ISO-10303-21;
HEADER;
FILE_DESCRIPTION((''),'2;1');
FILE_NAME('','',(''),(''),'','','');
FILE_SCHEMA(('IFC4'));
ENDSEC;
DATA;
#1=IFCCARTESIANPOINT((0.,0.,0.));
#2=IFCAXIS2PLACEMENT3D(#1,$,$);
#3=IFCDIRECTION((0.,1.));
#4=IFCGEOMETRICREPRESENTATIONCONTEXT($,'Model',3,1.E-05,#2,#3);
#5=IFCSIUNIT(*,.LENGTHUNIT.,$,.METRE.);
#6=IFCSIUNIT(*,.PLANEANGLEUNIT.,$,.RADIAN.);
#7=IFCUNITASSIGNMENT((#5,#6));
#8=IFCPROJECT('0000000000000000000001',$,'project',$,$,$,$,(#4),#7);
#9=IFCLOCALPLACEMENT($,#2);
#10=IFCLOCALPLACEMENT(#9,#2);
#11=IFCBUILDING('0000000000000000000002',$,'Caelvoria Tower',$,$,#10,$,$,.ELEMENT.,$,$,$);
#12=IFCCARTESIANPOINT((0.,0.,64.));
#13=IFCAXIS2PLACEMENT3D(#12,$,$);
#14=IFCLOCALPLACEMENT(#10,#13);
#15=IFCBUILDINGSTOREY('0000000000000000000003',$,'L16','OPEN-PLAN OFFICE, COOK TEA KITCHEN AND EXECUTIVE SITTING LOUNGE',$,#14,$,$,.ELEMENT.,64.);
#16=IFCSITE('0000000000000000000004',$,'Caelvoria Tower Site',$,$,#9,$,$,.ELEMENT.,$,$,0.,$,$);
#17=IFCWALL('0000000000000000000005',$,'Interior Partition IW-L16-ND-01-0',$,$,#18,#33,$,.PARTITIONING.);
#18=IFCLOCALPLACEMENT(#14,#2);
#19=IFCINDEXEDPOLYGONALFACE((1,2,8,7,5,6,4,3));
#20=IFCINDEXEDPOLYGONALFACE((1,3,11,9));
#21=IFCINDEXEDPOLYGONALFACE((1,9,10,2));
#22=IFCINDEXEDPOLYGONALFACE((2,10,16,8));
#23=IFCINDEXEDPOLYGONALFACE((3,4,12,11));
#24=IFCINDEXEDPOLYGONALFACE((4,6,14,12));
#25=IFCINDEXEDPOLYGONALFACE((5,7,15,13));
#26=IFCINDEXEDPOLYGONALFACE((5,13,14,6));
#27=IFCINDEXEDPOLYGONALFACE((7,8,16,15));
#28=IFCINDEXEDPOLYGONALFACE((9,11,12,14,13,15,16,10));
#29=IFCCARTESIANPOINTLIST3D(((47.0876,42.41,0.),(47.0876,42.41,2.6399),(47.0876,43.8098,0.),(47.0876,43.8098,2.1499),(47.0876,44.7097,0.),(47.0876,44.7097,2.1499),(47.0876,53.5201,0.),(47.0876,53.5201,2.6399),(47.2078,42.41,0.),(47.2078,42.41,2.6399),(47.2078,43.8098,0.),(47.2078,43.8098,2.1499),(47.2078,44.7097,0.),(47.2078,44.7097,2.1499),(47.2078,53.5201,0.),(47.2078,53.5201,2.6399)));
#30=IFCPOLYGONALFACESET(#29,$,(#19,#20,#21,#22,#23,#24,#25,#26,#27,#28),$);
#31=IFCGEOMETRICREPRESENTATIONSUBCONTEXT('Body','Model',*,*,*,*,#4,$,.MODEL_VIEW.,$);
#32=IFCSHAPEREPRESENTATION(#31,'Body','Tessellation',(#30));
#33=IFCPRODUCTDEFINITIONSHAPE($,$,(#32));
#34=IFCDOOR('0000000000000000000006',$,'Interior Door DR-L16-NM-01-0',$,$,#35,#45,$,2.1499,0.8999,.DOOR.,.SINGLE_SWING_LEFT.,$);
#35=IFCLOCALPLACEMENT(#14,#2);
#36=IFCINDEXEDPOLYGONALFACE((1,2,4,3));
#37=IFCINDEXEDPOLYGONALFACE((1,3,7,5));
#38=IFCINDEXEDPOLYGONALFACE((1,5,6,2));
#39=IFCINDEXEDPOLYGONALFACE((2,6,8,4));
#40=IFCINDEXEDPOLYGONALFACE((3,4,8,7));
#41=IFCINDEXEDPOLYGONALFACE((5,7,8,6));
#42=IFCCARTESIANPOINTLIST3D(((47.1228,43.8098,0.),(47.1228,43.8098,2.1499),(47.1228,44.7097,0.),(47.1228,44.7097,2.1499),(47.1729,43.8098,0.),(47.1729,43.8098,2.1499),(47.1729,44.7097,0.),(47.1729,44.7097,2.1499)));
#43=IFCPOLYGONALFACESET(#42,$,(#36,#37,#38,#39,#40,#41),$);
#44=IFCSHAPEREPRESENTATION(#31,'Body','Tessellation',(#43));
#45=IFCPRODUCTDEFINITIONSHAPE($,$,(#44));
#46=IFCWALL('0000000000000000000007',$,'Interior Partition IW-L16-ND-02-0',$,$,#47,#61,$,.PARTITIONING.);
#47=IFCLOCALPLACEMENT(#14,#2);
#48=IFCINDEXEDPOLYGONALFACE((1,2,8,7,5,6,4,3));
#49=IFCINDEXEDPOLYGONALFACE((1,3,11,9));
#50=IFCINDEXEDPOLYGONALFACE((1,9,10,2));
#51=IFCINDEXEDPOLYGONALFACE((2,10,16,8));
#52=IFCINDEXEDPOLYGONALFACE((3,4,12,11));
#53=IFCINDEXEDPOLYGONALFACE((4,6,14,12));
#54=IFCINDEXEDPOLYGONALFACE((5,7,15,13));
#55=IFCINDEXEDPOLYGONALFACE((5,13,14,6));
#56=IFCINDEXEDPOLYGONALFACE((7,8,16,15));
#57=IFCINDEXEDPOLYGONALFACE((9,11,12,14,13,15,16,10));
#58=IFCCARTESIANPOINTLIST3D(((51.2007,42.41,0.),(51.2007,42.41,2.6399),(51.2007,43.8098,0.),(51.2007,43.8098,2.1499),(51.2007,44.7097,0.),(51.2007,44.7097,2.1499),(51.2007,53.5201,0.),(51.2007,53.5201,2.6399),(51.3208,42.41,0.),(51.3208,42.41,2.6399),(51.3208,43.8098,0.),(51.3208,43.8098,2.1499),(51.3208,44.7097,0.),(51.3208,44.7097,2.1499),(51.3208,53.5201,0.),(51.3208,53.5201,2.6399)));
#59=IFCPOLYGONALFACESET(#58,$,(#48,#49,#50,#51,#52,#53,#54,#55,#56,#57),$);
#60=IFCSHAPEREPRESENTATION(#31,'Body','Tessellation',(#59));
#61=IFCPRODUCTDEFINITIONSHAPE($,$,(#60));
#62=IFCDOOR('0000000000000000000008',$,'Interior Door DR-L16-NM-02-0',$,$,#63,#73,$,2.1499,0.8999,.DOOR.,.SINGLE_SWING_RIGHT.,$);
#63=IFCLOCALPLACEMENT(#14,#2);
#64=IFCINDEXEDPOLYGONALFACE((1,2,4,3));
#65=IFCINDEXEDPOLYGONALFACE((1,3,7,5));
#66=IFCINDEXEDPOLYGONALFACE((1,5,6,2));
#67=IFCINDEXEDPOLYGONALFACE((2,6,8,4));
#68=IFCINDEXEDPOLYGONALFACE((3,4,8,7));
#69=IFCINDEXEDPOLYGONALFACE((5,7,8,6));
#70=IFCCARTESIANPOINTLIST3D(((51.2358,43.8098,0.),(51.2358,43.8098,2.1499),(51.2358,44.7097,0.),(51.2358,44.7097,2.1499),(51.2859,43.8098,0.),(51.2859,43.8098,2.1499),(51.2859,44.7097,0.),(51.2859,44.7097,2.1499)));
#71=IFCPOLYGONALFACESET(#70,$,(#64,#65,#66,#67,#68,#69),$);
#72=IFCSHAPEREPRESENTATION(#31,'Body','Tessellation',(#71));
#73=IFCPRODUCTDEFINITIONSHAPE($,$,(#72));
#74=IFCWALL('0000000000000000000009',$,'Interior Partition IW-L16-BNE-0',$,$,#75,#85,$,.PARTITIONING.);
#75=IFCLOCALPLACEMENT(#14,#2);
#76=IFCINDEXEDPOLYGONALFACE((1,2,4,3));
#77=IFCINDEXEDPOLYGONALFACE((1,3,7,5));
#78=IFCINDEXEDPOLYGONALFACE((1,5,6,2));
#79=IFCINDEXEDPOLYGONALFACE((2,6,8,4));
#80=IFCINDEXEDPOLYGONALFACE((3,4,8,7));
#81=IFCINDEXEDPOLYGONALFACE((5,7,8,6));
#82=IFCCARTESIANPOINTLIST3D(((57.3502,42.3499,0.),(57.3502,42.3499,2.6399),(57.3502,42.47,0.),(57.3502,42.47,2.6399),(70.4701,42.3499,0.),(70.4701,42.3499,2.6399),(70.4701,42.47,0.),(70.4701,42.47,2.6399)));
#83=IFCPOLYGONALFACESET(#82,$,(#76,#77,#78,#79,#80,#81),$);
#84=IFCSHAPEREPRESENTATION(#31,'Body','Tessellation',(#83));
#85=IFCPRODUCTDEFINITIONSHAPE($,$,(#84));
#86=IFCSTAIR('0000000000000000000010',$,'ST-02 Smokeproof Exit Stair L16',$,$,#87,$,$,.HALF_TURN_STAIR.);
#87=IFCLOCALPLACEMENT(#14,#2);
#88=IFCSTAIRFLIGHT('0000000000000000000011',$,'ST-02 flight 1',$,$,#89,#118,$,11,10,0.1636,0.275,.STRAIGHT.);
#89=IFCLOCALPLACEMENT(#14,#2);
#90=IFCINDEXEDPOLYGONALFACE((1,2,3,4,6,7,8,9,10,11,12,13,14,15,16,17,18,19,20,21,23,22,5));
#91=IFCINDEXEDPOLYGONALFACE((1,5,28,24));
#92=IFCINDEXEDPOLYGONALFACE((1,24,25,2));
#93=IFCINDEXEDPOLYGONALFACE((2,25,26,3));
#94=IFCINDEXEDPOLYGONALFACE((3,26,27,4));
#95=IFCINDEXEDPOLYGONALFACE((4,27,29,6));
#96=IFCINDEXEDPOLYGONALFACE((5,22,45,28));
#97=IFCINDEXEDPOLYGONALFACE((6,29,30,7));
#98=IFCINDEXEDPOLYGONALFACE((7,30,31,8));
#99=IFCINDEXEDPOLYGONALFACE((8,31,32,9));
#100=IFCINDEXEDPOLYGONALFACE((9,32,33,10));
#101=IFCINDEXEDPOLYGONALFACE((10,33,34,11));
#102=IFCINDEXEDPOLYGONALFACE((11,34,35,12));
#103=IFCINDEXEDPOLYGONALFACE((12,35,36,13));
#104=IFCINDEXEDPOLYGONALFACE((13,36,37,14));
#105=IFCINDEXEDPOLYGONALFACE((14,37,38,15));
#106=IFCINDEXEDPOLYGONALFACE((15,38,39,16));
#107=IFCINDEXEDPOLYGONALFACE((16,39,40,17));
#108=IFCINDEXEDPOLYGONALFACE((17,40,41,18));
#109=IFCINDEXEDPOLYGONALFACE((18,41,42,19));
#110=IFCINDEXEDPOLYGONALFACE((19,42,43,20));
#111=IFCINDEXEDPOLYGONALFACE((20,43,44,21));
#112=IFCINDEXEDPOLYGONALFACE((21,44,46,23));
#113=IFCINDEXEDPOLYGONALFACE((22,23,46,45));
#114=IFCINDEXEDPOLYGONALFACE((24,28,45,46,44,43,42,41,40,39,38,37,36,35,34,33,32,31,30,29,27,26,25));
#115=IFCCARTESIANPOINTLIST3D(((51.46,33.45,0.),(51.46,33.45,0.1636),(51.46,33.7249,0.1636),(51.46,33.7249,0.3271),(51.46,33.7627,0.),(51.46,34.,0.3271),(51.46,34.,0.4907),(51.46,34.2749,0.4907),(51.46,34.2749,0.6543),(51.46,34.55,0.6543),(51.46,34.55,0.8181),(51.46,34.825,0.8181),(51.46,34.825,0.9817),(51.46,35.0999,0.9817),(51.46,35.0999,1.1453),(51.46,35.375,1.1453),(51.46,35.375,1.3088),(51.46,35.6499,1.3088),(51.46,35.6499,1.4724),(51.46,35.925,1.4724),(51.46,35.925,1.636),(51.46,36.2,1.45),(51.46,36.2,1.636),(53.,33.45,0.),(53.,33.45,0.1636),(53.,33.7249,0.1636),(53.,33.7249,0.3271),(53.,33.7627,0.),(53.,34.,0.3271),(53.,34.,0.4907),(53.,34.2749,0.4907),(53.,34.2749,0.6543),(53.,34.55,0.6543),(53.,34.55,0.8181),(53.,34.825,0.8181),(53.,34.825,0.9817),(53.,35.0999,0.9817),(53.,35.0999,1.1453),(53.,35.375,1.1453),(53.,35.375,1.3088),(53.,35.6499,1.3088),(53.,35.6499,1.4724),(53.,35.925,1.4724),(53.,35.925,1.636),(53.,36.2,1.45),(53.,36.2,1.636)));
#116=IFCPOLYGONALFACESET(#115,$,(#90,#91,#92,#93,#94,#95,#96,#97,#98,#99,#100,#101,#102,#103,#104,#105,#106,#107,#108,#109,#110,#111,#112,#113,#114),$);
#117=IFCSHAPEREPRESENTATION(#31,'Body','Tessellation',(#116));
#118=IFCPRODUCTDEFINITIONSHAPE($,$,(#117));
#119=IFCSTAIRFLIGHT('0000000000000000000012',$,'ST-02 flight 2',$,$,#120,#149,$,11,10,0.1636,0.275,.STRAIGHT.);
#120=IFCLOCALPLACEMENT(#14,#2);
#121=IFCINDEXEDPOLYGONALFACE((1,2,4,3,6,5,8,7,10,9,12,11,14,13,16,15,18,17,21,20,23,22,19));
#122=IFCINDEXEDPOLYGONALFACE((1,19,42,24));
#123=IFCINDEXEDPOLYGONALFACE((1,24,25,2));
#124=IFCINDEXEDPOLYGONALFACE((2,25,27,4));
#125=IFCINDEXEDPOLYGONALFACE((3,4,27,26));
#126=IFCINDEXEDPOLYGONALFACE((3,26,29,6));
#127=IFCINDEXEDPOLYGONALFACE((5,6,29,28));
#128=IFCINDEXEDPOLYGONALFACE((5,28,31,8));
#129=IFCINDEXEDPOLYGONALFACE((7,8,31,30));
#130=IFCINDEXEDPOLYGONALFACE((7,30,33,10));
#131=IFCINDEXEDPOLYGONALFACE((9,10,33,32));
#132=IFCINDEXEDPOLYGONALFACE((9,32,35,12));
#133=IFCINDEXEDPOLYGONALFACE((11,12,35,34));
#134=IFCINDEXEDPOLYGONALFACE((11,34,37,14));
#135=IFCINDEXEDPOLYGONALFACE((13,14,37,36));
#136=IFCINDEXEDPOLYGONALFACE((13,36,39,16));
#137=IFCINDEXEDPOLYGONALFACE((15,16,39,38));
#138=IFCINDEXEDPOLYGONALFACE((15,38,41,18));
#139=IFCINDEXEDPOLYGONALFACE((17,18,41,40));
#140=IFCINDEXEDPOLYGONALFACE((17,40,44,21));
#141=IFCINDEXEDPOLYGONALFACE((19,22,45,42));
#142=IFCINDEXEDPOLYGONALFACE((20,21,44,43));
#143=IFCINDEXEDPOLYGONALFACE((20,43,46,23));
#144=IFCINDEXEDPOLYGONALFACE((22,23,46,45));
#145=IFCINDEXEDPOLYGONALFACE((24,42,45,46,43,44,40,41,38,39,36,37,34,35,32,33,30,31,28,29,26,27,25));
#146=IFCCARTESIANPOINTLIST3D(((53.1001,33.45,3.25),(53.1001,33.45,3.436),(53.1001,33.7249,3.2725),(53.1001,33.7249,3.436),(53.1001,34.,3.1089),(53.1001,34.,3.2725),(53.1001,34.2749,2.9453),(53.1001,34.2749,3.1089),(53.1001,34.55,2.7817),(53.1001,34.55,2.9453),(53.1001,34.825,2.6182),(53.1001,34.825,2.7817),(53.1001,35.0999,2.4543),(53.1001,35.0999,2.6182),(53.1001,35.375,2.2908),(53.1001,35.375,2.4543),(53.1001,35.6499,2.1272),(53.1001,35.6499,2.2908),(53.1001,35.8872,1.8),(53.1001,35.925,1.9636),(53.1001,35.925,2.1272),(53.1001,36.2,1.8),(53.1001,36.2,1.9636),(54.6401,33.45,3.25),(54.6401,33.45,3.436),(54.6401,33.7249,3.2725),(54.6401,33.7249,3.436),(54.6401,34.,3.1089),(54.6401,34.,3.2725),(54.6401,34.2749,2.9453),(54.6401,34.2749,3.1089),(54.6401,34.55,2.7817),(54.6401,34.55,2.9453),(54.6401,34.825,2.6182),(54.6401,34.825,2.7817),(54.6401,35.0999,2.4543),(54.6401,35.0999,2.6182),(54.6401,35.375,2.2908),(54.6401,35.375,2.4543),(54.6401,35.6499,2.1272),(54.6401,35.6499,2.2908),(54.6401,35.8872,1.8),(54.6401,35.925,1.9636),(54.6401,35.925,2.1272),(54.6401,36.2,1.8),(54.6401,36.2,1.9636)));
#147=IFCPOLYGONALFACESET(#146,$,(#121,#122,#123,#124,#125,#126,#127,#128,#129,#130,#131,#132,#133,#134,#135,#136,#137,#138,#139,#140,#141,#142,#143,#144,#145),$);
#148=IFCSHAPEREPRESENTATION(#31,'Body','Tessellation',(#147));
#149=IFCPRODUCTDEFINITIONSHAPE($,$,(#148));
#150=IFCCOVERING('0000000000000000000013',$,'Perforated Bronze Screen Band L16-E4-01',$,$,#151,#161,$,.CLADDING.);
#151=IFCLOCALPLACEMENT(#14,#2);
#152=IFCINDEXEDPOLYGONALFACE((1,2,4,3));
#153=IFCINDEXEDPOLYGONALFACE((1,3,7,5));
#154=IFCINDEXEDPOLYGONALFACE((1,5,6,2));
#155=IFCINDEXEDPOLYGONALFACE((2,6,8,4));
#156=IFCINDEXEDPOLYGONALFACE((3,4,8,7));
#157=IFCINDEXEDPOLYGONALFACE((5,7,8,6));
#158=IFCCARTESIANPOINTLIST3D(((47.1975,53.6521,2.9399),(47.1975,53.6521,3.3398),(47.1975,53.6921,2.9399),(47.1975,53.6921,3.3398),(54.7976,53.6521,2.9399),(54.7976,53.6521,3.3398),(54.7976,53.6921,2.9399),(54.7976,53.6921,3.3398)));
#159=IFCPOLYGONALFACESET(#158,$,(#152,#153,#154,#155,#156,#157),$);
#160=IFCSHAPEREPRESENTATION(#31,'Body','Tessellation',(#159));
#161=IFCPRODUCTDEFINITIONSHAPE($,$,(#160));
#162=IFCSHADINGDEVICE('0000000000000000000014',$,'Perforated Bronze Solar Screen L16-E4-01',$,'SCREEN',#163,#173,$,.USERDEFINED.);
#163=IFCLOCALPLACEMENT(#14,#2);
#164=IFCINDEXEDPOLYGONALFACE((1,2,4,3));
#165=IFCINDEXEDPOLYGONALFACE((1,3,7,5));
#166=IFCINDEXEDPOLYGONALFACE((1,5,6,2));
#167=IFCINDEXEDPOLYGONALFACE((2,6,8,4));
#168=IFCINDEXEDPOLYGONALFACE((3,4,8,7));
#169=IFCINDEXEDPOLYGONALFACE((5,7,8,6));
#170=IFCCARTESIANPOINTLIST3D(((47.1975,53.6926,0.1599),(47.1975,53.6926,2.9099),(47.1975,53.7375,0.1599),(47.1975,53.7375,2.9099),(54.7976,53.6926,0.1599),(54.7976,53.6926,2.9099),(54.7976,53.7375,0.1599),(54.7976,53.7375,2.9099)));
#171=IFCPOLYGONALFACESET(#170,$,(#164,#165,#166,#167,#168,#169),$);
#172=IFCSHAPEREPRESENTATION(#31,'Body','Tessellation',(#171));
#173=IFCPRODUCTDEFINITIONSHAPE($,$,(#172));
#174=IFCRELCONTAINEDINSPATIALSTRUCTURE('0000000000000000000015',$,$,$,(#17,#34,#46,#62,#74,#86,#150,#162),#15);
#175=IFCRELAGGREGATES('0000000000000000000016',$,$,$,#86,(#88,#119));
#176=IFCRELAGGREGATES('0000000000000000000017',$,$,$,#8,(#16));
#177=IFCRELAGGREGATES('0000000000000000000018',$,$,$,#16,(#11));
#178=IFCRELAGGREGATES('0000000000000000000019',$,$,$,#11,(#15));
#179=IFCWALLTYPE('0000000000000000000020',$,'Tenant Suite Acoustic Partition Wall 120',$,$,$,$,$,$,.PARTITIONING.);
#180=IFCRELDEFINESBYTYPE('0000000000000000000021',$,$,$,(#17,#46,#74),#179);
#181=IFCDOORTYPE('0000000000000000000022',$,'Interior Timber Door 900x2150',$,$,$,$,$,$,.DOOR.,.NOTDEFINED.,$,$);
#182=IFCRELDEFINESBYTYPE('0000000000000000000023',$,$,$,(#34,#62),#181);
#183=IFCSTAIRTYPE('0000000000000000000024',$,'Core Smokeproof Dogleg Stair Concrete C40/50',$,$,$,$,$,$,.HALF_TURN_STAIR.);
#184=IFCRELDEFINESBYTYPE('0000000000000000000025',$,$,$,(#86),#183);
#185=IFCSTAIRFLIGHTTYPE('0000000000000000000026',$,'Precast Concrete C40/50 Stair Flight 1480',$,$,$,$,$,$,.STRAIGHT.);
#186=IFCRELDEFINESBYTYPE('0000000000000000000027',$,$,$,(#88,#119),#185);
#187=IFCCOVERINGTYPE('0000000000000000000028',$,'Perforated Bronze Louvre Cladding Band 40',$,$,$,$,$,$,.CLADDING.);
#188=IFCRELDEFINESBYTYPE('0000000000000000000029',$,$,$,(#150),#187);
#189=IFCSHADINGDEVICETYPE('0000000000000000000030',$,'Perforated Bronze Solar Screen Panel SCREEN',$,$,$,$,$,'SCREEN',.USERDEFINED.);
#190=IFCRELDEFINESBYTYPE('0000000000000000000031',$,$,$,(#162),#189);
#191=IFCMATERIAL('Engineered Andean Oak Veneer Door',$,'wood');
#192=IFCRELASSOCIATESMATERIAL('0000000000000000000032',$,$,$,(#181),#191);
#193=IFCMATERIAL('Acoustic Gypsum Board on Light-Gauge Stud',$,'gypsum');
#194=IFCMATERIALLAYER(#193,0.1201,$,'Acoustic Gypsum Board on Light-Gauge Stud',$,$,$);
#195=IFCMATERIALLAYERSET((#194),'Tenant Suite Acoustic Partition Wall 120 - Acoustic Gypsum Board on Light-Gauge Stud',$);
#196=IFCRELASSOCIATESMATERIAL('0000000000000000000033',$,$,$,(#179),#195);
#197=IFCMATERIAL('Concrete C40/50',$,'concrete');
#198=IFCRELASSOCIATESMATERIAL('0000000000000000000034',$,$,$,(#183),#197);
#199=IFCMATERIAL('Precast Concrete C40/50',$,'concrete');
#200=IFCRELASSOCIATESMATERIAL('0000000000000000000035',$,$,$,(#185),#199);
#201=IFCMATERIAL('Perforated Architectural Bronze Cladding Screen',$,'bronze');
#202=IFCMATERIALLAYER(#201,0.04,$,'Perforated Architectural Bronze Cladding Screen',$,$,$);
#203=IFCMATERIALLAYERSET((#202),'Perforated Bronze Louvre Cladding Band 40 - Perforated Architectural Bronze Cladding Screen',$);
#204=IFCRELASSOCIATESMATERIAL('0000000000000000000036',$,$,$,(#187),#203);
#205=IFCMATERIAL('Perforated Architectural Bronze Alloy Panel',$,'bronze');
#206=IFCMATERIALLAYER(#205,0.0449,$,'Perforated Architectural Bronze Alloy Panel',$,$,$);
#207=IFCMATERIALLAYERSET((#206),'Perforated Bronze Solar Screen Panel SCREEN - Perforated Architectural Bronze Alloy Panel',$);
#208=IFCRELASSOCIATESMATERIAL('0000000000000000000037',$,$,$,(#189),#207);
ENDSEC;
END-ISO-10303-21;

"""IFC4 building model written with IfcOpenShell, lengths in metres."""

from ifc_helpers import new_model, si_unit, direction, frame, frame_2d, origin, origin_2d, place, context, subcontext, project, spatial, polyline, rectangle, outline, extrude, material, layer, layer_set, type_object, element, fill, aggregate, save


model = new_model("IFC4")

# Units and contexts
model_context = context("Model", 3, precision=1e-05, world=origin(), true_north=direction((0.0, 1.0)))
body_context = subcontext(model_context, "Body", "Model", "MODEL_VIEW")
ifc_project = project(units=[si_unit("LENGTHUNIT", "METRE"), si_unit("PLANEANGLEUNIT", "RADIAN")], contexts=[model_context])

# Site, building, storey
site_placement = place(None, origin())
site = spatial("IfcSite", under=ifc_project, at=site_placement, Name="Caelvoria Tower Site", CompositionType="ELEMENT", RefElevation=0.0)
building_placement = place(site_placement, origin())
building = spatial("IfcBuilding", under=site, at=building_placement, Name="Caelvoria Tower", CompositionType="ELEMENT")
storey_placement = place(building_placement, frame((0.0, 0.0, 64.0)))
storey = spatial("IfcBuildingStorey", under=building, at=storey_placement, Name="L16", Description="OPEN-PLAN OFFICE, COOK TEA KITCHEN AND EXECUTIVE SITTING LOUNGE", CompositionType="ELEMENT", Elevation=64.0)

# Shared definitions
ifc_material_1 = material(Name="Engineered Andean Oak Veneer Door", Category="wood")

# Shared definitions
door_type_1 = type_object("IfcDoorType", Name="Interior Timber Door 900x2150", OperationType="NOTDEFINED", PredefinedType="DOOR", material=ifc_material_1)

# Walls, openings, doors
ifc_material_2 = material(Name="Acoustic Gypsum Board on Light-Gauge Stud", Category="gypsum")
ifc_layer_1 = layer(ifc_material_2, 0.1201, Name="Acoustic Gypsum Board on Light-Gauge Stud")
ifc_layer_set_1 = layer_set([ifc_layer_1], Name="Tenant Suite Acoustic Partition Wall 120 - Acoustic Gypsum Board on Light-Gauge Stud")
wall_type_1 = type_object("IfcWallType", Name="Tenant Suite Acoustic Partition Wall 120", PredefinedType="PARTITIONING", material=ifc_layer_set_1)
wall_1_placement = place(storey_placement, frame((47.1477, 42.4099, 0.0), z_axis=(0.0, 0.0, 1.0), x_axis=(0.0, 1.0, 0.0)))
wall_1 = element("IfcWall", 1, at=wall_1_placement, inside=storey, type_object=wall_type_1, Name="Interior Partition IW-L16-ND-01-0", PredefinedType="PARTITIONING", context=body_context, shape_type="SweptSolid", body=[
    extrude(rectangle(XDim=11.1101, YDim=0.1201, at=frame_2d((5.5552, 0.0))), origin(), (0.0, 0.0, 1.0), 2.6399),
])
opening_1_placement = place(wall_1_placement, frame((1.3999, 0.0, 0.0)))
opening_1 = element("IfcOpeningElement", 2, at=opening_1_placement, cuts=wall_1, PredefinedType="OPENING", context=body_context, shape_type="SweptSolid", body=[
    extrude(rectangle(XDim=0.8999, YDim=2.1499, at=frame_2d((0.45, 1.075))), frame((0.0, 0.0701, 0.0), z_axis=(0.0, -1.0, 0.0), x_axis=(1.0, 0.0, 0.0)), (0.0, 0.0, 1.0), 0.1401),
])
door_1_placement = place(opening_1_placement, origin())
door_1 = element("IfcDoor", 3, at=door_1_placement, inside=storey, type_object=door_type_1, Name="Interior Door DR-L16-NM-01-0", OperationType="SINGLE_SWING_LEFT", OverallHeight=2.1499, OverallWidth=0.8999, PredefinedType="DOOR", context=body_context, shape_type="SweptSolid", body=[
    extrude(rectangle(XDim=0.8999, YDim=2.1499, at=frame_2d((0.45, 1.075))), frame((0.0, 0.0249, 0.0), z_axis=(0.0, -1.0, 0.0), x_axis=(1.0, 0.0, 0.0)), (0.0, 0.0, 1.0), 0.05),
])
fill(opening_1, door_1)
wall_2_placement = place(storey_placement, frame((51.2607, 42.4099, 0.0), z_axis=(0.0, 0.0, 1.0), x_axis=(0.0, 1.0, 0.0)))
wall_2 = element("IfcWall", 4, at=wall_2_placement, inside=storey, type_object=wall_type_1, Name="Interior Partition IW-L16-ND-02-0", PredefinedType="PARTITIONING", context=body_context, shape_type="SweptSolid", body=[
    extrude(rectangle(XDim=11.1101, YDim=0.1201, at=frame_2d((5.5552, 0.0))), origin(), (0.0, 0.0, 1.0), 2.6399),
])
opening_2_placement = place(wall_2_placement, frame((1.3999, 0.0, 0.0)))
opening_2 = element("IfcOpeningElement", 5, at=opening_2_placement, cuts=wall_2, PredefinedType="OPENING", context=body_context, shape_type="SweptSolid", body=[
    extrude(rectangle(XDim=0.8999, YDim=2.1499, at=frame_2d((0.45, 1.075))), frame((0.0, 0.0701, 0.0), z_axis=(0.0, -1.0, 0.0), x_axis=(1.0, 0.0, 0.0)), (0.0, 0.0, 1.0), 0.1401),
])
door_2_placement = place(opening_2_placement, origin())
door_2 = element("IfcDoor", 6, at=door_2_placement, inside=storey, type_object=door_type_1, Name="Interior Door DR-L16-NM-02-0", OperationType="SINGLE_SWING_RIGHT", OverallHeight=2.1499, OverallWidth=0.8999, PredefinedType="DOOR", context=body_context, shape_type="SweptSolid", body=[
    extrude(rectangle(XDim=0.8999, YDim=2.1499, at=frame_2d((0.45, 1.075))), frame((0.0, 0.0249, 0.0), z_axis=(0.0, -1.0, 0.0), x_axis=(1.0, 0.0, 0.0)), (0.0, 0.0, 1.0), 0.05),
])
fill(opening_2, door_2)

# Wall
wall_3_placement = place(storey_placement, frame((57.3501, 42.4099, 0.0), z_axis=(0.0, 0.0, 1.0), x_axis=(1.0, 0.0, 0.0)))
element("IfcWall", 7, at=wall_3_placement, inside=storey, type_object=wall_type_1, Name="Interior Partition IW-L16-BNE-0", PredefinedType="PARTITIONING", context=body_context, shape_type="SweptSolid", body=[
    extrude(rectangle(XDim=13.1199, YDim=0.1201, at=frame_2d((6.5601, 0.0))), origin(), (0.0, 0.0, 1.0), 2.6399),
])

# Stair, stair flights
ifc_material_3 = material(Name="Concrete C40/50", Category="concrete")
stair_type = type_object("IfcStairType", Name="Core Smokeproof Dogleg Stair Concrete C40/50", PredefinedType="HALF_TURN_STAIR", material=ifc_material_3)
stair_placement = place(storey_placement, origin())
stair = element("IfcStair", 8, at=stair_placement, inside=storey, type_object=stair_type, Name="ST-02 Smokeproof Exit Stair L16", PredefinedType="HALF_TURN_STAIR")
ifc_material_4 = material(Name="Precast Concrete C40/50", Category="concrete")
stair_flight_type = type_object("IfcStairFlightType", Name="Precast Concrete C40/50 Stair Flight 1480", PredefinedType="STRAIGHT", material=ifc_material_4)
stair_flight_1_placement = place(storey_placement, frame((52.23, 33.45, 0.0), z_axis=(0.0, 0.0, 1.0), x_axis=(0.0, 1.0, 0.0)))
stair_flight_1 = element("IfcStairFlight", 9, at=stair_flight_1_placement, type_object=stair_flight_type, Name="ST-02 flight 1", NumberOfRisers=11, NumberOfTreads=10, PredefinedType="STRAIGHT", RiserHeight=0.1636, TreadLength=0.275, context=body_context, shape_type="SweptSolid", body=[
    extrude(outline(polyline([(0.0, 0.0), (0.0, 0.1636), (0.2749, 0.1636), (0.2749, 0.3271), (0.55, 0.3271), (0.55, 0.4907), (0.825, 0.4907), (0.825, 0.6543), (1.1001, 0.6543), (1.1001, 0.8181), (1.375, 0.8181), (1.375, 0.9817), (1.6499, 0.9817), (1.6499, 1.1453), (1.925, 1.1453), (1.925, 1.3088), (2.2, 1.3088), (2.2, 1.4724), (2.4751, 1.4724), (2.4751, 1.636), (2.75, 1.636), (2.75, 1.7996), (2.75, 1.45), (0.3127, 0.0), (0.0, 0.0)])), frame((0.0, 0.77, 0.0), z_axis=(0.0, -1.0, 0.0), x_axis=(1.0, 0.0, 0.0)), (0.0, 0.0, 1.0), 1.54),
])
stair_flight_2_placement = place(storey_placement, frame((53.8701, 36.2, 1.8), z_axis=(0.0, 0.0, 1.0), x_axis=(0.0, -1.0, 0.0)))
stair_flight_2 = element("IfcStairFlight", 10, at=stair_flight_2_placement, type_object=stair_flight_type, Name="ST-02 flight 2", NumberOfRisers=11, NumberOfTreads=10, PredefinedType="STRAIGHT", RiserHeight=0.1636, TreadLength=0.275, context=body_context, shape_type="SweptSolid", body=[
    extrude(outline(polyline([(0.0, 0.0), (0.0, 0.1636), (0.2749, 0.1636), (0.2749, 0.3271), (0.55, 0.3271), (0.55, 0.4907), (0.825, 0.4907), (0.825, 0.6543), (1.1001, 0.6543), (1.1001, 0.8181), (1.375, 0.8181), (1.375, 0.9817), (1.6499, 0.9817), (1.6499, 1.1453), (1.925, 1.1453), (1.925, 1.3088), (2.2, 1.3088), (2.2, 1.4724), (2.4751, 1.4724), (2.4751, 1.636), (2.75, 1.636), (2.75, 1.7996), (2.75, 1.45), (0.3127, 0.0), (0.0, 0.0)])), frame((0.0, 0.77, 0.0), z_axis=(0.0, -1.0, 0.0), x_axis=(1.0, 0.0, 0.0)), (0.0, 0.0, 1.0), 1.54),
])
aggregate(stair, [stair_flight_1, stair_flight_2])

# Covering
ifc_material_5 = material(Name="Perforated Architectural Bronze Cladding Screen", Category="bronze")
ifc_layer_2 = layer(ifc_material_5, 0.04, Name="Perforated Architectural Bronze Cladding Screen")
ifc_layer_set_2 = layer_set([ifc_layer_2], Name="Perforated Bronze Louvre Cladding Band 40 - Perforated Architectural Bronze Cladding Screen")
covering_type = type_object("IfcCoveringType", Name="Perforated Bronze Louvre Cladding Band 40", PredefinedType="CLADDING", material=ifc_layer_set_2)
covering_placement = place(storey_placement, frame((50.9976, 53.6721, 2.9399), z_axis=(0.0, 0.0, 1.0), x_axis=(-1.0, 0.0, 0.0)))
element("IfcCovering", 11, at=covering_placement, inside=storey, type_object=covering_type, Name="Perforated Bronze Screen Band L16-E4-01", PredefinedType="CLADDING", context=body_context, shape_type="SweptSolid", body=[
    extrude(rectangle(XDim=7.6001, YDim=0.04, at=origin_2d()), origin(), (0.0, 0.0, 1.0), 0.3999),
])

# Shading device
ifc_material_6 = material(Name="Perforated Architectural Bronze Alloy Panel", Category="bronze")
ifc_layer_3 = layer(ifc_material_6, 0.0449, Name="Perforated Architectural Bronze Alloy Panel")
ifc_layer_set_3 = layer_set([ifc_layer_3], Name="Perforated Bronze Solar Screen Panel SCREEN - Perforated Architectural Bronze Alloy Panel")
shading_device_type = type_object("IfcShadingDeviceType", Name="Perforated Bronze Solar Screen Panel SCREEN", ElementType="SCREEN", PredefinedType="USERDEFINED", material=ifc_layer_set_3)
shading_device_placement = place(storey_placement, frame((50.9976, 53.7151, 0.1599), z_axis=(0.0, 0.0, 1.0), x_axis=(-1.0, 0.0, 0.0)))
element("IfcShadingDevice", 12, at=shading_device_placement, inside=storey, type_object=shading_device_type, Name="Perforated Bronze Solar Screen L16-E4-01", ObjectType="SCREEN", PredefinedType="USERDEFINED", context=body_context, shape_type="SweptSolid", body=[
    extrude(rectangle(XDim=7.6001, YDim=0.0449, at=origin_2d()), origin(), (0.0, 0.0, 1.0), 2.75),
])

save(model, "model.ifc")
